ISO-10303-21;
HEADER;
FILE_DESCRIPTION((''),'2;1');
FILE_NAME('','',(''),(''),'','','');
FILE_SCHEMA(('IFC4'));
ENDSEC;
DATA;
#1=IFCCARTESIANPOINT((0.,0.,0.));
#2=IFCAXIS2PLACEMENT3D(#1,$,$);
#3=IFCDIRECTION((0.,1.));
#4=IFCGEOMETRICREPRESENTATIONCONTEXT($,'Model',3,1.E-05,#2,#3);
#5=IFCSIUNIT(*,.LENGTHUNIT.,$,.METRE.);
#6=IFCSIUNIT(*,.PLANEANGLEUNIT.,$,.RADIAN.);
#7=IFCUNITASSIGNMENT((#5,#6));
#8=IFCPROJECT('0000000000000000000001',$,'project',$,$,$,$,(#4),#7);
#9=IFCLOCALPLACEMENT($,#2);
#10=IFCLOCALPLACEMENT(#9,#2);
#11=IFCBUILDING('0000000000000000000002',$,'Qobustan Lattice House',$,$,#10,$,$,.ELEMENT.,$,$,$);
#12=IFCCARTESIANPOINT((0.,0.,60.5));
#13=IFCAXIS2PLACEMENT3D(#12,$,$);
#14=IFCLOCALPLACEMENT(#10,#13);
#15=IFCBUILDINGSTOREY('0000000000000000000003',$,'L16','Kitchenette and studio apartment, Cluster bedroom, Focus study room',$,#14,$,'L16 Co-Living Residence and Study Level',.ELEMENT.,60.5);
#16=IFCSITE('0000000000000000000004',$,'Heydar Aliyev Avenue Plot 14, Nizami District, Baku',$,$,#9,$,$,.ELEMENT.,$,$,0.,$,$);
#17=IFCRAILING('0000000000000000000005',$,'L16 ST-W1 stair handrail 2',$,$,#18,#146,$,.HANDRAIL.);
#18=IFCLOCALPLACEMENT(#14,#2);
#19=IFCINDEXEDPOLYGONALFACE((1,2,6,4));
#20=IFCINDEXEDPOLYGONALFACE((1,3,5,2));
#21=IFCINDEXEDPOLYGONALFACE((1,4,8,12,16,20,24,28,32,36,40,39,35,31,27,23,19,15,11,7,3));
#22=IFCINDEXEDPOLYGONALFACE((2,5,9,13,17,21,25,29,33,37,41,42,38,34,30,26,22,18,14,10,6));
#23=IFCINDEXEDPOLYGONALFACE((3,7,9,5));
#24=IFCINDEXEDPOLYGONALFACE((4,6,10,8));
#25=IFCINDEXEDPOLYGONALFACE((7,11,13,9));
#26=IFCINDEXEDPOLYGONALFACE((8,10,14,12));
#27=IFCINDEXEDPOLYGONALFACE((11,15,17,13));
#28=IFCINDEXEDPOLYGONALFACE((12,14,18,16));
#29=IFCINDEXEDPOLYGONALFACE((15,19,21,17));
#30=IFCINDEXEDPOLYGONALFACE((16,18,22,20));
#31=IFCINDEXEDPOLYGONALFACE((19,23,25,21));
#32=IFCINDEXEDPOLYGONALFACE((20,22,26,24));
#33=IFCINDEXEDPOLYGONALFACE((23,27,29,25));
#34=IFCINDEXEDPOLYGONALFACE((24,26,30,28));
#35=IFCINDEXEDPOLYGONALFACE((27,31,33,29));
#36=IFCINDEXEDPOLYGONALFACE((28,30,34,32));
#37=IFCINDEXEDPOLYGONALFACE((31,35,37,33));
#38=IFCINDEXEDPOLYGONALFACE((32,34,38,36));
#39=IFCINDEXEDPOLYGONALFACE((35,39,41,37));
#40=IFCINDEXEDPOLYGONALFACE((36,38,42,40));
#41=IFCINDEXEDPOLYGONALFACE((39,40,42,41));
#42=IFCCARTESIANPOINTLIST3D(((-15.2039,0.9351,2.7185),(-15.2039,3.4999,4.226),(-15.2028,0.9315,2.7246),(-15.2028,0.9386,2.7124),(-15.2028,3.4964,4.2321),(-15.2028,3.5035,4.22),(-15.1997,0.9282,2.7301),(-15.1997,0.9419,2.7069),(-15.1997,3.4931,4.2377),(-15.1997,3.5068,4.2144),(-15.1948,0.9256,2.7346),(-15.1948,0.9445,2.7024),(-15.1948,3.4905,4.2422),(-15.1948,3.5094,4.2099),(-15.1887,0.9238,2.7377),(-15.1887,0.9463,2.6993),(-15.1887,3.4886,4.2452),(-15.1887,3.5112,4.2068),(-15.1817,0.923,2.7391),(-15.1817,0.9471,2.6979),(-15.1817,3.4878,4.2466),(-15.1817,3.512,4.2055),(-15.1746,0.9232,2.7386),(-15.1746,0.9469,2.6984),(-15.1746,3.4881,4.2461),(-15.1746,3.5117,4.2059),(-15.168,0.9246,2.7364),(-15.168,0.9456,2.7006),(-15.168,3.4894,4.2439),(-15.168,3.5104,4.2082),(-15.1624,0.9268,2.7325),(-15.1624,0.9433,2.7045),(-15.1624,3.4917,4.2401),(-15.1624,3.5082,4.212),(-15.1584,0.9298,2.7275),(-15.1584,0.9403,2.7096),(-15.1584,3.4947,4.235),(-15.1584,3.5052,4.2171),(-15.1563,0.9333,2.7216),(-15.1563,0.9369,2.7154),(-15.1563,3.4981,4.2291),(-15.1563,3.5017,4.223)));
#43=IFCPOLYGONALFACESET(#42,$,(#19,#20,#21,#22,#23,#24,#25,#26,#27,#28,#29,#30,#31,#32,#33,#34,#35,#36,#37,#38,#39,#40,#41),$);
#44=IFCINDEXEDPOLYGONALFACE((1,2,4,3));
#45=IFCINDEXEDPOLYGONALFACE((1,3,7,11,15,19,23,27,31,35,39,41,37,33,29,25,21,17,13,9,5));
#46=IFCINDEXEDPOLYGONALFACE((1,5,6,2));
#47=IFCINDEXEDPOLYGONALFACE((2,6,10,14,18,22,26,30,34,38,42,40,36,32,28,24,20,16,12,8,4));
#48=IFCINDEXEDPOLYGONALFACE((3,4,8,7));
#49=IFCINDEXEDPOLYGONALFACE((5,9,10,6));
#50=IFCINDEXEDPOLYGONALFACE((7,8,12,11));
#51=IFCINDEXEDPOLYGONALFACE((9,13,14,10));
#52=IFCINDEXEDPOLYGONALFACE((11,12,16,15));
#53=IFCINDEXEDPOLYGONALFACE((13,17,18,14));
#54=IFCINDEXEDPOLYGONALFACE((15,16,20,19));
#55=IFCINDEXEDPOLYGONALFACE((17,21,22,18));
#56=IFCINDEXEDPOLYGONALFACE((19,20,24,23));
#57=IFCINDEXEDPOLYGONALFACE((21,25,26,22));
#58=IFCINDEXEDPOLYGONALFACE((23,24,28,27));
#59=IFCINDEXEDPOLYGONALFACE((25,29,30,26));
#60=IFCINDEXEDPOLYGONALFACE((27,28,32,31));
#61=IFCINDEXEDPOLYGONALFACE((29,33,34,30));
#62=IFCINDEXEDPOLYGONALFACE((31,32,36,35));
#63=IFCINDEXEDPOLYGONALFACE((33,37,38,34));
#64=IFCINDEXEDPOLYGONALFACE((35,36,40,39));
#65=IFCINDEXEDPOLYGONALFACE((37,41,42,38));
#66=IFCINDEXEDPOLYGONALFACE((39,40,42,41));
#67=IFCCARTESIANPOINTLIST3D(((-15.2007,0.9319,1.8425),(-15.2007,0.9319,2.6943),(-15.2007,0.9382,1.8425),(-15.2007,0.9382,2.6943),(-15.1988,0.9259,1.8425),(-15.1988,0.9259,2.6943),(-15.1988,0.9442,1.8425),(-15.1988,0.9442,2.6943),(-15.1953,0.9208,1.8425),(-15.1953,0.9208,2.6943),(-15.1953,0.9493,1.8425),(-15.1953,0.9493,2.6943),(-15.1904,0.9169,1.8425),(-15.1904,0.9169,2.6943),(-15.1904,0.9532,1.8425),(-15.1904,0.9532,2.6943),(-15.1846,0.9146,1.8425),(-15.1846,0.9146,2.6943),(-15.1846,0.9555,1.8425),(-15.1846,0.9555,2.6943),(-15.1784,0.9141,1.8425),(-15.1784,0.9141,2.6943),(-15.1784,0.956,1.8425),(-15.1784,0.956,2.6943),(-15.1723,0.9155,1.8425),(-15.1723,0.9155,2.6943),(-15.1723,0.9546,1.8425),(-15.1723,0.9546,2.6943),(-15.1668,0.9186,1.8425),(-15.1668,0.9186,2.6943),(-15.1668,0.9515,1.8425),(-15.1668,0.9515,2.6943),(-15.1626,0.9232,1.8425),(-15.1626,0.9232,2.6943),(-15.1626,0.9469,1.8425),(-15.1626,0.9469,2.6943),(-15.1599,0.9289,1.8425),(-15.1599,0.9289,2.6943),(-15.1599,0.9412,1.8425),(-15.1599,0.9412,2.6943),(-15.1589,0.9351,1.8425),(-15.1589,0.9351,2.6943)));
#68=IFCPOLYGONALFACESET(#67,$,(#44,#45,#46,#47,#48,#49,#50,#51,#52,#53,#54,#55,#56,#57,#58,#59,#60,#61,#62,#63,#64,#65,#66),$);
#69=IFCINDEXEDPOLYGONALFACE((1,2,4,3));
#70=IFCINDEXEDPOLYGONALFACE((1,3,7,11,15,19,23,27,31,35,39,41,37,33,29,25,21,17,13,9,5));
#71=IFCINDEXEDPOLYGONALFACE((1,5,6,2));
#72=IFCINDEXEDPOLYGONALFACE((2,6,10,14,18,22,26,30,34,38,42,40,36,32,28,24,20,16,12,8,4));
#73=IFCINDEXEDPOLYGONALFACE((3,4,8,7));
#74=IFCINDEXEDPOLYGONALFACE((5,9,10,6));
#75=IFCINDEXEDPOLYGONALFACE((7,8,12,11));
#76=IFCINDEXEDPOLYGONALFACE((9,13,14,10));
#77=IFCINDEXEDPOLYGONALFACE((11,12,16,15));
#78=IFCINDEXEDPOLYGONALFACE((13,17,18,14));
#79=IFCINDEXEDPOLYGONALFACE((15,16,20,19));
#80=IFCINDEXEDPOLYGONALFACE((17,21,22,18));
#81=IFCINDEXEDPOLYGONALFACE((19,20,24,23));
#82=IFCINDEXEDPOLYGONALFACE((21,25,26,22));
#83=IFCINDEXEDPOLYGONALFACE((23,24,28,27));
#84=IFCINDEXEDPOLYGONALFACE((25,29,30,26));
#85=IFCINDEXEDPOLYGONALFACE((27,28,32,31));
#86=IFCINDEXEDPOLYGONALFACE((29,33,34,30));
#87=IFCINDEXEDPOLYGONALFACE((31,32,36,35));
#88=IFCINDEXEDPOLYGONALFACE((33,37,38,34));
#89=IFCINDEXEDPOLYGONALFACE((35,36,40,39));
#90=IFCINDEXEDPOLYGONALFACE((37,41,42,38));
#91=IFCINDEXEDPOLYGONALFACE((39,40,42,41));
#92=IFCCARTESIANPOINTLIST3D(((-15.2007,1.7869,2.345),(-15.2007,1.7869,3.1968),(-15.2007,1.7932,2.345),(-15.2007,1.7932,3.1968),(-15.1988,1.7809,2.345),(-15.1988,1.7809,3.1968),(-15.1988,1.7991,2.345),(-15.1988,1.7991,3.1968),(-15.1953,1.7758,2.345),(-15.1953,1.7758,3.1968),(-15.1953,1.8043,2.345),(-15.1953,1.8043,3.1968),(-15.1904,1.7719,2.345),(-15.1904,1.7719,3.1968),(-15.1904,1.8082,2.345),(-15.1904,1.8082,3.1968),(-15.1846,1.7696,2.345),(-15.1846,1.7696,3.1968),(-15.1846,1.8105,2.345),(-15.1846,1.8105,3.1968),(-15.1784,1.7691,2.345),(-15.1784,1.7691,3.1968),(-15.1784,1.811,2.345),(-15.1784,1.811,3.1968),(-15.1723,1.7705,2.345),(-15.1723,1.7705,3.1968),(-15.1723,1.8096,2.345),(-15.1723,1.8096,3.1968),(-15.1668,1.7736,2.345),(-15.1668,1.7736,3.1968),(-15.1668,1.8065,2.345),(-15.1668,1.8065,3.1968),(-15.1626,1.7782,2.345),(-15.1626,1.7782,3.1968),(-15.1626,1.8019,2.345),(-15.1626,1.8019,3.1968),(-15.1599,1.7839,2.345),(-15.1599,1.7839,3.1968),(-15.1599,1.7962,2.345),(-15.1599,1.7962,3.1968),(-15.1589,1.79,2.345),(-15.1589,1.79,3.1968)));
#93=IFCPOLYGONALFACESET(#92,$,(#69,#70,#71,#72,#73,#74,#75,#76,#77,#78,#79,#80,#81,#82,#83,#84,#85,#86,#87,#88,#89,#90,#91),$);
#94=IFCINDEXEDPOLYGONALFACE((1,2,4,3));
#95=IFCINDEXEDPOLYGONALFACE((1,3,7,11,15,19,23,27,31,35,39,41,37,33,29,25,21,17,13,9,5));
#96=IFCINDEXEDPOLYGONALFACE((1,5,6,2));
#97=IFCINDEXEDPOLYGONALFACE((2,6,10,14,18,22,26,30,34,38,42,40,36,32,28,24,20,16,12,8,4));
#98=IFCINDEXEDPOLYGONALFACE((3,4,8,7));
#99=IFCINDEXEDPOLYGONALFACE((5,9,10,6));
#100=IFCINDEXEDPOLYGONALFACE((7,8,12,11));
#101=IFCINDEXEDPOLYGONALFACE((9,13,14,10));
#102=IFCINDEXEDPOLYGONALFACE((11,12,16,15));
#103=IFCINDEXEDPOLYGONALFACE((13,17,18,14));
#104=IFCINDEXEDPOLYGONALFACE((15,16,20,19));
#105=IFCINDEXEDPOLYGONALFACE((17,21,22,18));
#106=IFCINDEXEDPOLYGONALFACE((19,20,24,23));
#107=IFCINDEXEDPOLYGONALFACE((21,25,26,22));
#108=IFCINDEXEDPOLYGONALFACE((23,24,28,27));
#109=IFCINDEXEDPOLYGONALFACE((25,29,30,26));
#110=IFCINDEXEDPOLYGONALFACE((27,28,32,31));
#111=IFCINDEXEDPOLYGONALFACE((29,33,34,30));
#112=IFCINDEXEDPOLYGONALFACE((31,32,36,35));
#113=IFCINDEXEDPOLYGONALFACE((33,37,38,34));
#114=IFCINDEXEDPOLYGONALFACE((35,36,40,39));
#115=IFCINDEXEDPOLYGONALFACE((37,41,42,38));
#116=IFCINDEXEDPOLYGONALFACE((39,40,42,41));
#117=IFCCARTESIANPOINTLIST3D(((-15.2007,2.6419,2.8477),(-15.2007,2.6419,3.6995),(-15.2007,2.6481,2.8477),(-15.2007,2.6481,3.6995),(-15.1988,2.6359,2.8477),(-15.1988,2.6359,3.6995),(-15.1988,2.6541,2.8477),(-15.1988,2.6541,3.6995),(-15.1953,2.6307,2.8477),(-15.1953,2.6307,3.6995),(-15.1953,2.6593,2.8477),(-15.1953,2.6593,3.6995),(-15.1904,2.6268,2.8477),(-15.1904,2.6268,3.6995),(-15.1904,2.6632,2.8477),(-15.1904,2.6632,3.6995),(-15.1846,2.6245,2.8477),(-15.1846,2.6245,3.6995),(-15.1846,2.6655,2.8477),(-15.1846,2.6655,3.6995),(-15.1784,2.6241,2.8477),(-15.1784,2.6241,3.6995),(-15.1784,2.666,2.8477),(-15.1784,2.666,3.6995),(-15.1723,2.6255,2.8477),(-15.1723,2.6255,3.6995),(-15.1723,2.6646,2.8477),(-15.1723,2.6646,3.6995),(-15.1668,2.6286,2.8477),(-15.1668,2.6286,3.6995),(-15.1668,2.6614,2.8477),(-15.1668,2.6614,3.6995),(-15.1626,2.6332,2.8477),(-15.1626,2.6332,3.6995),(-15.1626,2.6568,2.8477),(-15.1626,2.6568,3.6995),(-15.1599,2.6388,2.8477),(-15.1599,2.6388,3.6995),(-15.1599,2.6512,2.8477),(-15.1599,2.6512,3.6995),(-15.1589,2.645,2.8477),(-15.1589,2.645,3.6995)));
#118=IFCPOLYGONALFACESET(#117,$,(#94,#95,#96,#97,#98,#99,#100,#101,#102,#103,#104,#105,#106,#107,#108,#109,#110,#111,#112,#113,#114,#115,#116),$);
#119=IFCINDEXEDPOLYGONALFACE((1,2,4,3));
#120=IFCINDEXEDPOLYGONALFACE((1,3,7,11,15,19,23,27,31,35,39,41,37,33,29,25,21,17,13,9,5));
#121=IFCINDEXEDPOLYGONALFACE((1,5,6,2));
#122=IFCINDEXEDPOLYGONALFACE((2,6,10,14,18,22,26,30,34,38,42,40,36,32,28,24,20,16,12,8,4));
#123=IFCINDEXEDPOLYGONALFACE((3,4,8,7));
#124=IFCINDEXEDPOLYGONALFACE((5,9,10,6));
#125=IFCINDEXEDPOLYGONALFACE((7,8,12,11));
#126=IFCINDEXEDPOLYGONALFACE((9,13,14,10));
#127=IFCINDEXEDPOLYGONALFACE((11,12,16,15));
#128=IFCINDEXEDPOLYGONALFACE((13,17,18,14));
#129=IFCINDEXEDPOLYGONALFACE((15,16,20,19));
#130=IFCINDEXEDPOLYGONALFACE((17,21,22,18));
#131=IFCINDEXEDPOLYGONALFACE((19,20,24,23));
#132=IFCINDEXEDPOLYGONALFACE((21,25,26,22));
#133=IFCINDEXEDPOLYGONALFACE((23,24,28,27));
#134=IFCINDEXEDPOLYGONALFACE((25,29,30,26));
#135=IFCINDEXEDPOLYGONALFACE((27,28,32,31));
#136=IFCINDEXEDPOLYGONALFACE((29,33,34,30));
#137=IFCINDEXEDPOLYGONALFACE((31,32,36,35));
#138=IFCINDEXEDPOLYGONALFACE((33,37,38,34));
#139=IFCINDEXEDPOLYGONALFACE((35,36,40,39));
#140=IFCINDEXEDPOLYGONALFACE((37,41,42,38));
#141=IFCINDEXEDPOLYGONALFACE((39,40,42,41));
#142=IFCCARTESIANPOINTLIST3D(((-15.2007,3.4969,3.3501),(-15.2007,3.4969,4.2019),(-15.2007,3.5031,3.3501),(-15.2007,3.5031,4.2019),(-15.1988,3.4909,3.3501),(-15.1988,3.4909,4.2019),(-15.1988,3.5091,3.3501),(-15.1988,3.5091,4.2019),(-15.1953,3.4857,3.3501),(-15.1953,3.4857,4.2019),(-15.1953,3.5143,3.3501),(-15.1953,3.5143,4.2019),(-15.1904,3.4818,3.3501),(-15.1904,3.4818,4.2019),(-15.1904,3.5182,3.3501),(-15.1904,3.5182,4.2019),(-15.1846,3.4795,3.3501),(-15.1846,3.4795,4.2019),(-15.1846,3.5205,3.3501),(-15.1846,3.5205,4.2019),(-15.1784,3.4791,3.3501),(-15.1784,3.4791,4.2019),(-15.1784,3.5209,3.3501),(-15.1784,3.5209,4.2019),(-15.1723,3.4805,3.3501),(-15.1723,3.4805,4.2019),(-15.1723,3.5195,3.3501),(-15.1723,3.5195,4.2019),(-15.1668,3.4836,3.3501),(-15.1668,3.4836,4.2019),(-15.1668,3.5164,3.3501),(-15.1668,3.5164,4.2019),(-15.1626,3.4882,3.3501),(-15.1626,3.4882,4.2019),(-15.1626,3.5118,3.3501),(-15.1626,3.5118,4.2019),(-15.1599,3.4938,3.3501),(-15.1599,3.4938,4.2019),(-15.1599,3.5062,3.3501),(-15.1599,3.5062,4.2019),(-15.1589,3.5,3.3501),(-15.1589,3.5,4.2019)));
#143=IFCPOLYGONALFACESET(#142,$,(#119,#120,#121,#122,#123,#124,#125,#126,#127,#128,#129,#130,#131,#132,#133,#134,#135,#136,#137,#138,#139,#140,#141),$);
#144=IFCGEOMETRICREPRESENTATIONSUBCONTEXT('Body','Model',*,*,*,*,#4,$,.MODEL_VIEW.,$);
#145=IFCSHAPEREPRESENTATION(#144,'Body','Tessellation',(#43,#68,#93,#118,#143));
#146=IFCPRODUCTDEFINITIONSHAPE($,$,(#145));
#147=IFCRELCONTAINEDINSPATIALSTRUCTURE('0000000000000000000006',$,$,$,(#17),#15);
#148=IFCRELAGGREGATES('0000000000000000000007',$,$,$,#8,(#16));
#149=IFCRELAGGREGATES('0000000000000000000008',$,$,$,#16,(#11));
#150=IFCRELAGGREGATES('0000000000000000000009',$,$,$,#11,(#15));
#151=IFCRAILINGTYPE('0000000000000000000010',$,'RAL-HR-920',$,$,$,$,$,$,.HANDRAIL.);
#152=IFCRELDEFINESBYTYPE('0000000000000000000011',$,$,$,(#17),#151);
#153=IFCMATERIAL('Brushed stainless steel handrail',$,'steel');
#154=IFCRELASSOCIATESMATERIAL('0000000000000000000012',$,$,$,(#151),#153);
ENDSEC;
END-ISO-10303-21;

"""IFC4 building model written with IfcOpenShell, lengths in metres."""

from ifc_helpers import new_model, si_unit, direction, frame, origin, origin_2d, place, context, subcontext, project, spatial, circle, extrude, material, type_object, element, save


model = new_model("IFC4")

# Units and contexts
model_context = context("Model", 3, precision=1e-05, world=origin(), true_north=direction((0.0, 1.0)))
body_context = subcontext(model_context, "Body", "Model", "MODEL_VIEW")
ifc_project = project(units=[si_unit("LENGTHUNIT", "METRE"), si_unit("PLANEANGLEUNIT", "RADIAN")], contexts=[model_context])

# Site, building, storey
site_placement = place(None, origin())
site = spatial("IfcSite", under=ifc_project, at=site_placement, Name="Heydar Aliyev Avenue Plot 14, Nizami District, Baku", CompositionType="ELEMENT", RefElevation=0.0)
building_placement = place(site_placement, origin())
building = spatial("IfcBuilding", under=site, at=building_placement, Name="Qobustan Lattice House", CompositionType="ELEMENT")
storey_placement = place(building_placement, frame((0.0, 0.0, 60.5)))
storey = spatial("IfcBuildingStorey", under=building, at=storey_placement, Name="L16", Description="Kitchenette and studio apartment, Cluster bedroom, Focus study room", LongName="L16 Co-Living Residence and Study Level", CompositionType="ELEMENT", Elevation=60.5)

# Railing
ifc_material_1 = material(Name="Brushed stainless steel handrail", Category="steel")
railing_type_1 = type_object("IfcRailingType", Name="RAL-HR-920", PredefinedType="HANDRAIL", material=ifc_material_1)
railing_1_placement = place(storey_placement, frame((-15.1799, 0.9351, 1.8425)))
element("IfcRailing", 1, at=railing_1_placement, inside=storey, type_object=railing_type_1, Name="L16 ST-W1 stair handrail 2", PredefinedType="HANDRAIL", context=body_context, shape_type="SweptSolid", body=[
    extrude(circle(Radius=0.0239, at=origin_2d()), frame((0.0, 0.0, 0.876), z_axis=(0.0, 0.862113, 0.506715), x_axis=(-1.0, 0.0, 0.0)), (0.0, 0.0, 1.0), 2.9751),
    extrude(circle(Radius=0.021, at=origin_2d()), origin(), (0.0, 0.0, 1.0), 0.8518),
    extrude(circle(Radius=0.021, at=origin_2d()), frame((0.0, 0.855, 0.5024)), (0.0, 0.0, 1.0), 0.8518),
    extrude(circle(Radius=0.021, at=origin_2d()), frame((0.0, 1.71, 1.0051)), (0.0, 0.0, 1.0), 0.8518),
    extrude(circle(Radius=0.021, at=origin_2d()), frame((0.0, 2.5649, 1.5076)), (0.0, 0.0, 1.0), 0.8518),
])

save(model, "model.ifc")
